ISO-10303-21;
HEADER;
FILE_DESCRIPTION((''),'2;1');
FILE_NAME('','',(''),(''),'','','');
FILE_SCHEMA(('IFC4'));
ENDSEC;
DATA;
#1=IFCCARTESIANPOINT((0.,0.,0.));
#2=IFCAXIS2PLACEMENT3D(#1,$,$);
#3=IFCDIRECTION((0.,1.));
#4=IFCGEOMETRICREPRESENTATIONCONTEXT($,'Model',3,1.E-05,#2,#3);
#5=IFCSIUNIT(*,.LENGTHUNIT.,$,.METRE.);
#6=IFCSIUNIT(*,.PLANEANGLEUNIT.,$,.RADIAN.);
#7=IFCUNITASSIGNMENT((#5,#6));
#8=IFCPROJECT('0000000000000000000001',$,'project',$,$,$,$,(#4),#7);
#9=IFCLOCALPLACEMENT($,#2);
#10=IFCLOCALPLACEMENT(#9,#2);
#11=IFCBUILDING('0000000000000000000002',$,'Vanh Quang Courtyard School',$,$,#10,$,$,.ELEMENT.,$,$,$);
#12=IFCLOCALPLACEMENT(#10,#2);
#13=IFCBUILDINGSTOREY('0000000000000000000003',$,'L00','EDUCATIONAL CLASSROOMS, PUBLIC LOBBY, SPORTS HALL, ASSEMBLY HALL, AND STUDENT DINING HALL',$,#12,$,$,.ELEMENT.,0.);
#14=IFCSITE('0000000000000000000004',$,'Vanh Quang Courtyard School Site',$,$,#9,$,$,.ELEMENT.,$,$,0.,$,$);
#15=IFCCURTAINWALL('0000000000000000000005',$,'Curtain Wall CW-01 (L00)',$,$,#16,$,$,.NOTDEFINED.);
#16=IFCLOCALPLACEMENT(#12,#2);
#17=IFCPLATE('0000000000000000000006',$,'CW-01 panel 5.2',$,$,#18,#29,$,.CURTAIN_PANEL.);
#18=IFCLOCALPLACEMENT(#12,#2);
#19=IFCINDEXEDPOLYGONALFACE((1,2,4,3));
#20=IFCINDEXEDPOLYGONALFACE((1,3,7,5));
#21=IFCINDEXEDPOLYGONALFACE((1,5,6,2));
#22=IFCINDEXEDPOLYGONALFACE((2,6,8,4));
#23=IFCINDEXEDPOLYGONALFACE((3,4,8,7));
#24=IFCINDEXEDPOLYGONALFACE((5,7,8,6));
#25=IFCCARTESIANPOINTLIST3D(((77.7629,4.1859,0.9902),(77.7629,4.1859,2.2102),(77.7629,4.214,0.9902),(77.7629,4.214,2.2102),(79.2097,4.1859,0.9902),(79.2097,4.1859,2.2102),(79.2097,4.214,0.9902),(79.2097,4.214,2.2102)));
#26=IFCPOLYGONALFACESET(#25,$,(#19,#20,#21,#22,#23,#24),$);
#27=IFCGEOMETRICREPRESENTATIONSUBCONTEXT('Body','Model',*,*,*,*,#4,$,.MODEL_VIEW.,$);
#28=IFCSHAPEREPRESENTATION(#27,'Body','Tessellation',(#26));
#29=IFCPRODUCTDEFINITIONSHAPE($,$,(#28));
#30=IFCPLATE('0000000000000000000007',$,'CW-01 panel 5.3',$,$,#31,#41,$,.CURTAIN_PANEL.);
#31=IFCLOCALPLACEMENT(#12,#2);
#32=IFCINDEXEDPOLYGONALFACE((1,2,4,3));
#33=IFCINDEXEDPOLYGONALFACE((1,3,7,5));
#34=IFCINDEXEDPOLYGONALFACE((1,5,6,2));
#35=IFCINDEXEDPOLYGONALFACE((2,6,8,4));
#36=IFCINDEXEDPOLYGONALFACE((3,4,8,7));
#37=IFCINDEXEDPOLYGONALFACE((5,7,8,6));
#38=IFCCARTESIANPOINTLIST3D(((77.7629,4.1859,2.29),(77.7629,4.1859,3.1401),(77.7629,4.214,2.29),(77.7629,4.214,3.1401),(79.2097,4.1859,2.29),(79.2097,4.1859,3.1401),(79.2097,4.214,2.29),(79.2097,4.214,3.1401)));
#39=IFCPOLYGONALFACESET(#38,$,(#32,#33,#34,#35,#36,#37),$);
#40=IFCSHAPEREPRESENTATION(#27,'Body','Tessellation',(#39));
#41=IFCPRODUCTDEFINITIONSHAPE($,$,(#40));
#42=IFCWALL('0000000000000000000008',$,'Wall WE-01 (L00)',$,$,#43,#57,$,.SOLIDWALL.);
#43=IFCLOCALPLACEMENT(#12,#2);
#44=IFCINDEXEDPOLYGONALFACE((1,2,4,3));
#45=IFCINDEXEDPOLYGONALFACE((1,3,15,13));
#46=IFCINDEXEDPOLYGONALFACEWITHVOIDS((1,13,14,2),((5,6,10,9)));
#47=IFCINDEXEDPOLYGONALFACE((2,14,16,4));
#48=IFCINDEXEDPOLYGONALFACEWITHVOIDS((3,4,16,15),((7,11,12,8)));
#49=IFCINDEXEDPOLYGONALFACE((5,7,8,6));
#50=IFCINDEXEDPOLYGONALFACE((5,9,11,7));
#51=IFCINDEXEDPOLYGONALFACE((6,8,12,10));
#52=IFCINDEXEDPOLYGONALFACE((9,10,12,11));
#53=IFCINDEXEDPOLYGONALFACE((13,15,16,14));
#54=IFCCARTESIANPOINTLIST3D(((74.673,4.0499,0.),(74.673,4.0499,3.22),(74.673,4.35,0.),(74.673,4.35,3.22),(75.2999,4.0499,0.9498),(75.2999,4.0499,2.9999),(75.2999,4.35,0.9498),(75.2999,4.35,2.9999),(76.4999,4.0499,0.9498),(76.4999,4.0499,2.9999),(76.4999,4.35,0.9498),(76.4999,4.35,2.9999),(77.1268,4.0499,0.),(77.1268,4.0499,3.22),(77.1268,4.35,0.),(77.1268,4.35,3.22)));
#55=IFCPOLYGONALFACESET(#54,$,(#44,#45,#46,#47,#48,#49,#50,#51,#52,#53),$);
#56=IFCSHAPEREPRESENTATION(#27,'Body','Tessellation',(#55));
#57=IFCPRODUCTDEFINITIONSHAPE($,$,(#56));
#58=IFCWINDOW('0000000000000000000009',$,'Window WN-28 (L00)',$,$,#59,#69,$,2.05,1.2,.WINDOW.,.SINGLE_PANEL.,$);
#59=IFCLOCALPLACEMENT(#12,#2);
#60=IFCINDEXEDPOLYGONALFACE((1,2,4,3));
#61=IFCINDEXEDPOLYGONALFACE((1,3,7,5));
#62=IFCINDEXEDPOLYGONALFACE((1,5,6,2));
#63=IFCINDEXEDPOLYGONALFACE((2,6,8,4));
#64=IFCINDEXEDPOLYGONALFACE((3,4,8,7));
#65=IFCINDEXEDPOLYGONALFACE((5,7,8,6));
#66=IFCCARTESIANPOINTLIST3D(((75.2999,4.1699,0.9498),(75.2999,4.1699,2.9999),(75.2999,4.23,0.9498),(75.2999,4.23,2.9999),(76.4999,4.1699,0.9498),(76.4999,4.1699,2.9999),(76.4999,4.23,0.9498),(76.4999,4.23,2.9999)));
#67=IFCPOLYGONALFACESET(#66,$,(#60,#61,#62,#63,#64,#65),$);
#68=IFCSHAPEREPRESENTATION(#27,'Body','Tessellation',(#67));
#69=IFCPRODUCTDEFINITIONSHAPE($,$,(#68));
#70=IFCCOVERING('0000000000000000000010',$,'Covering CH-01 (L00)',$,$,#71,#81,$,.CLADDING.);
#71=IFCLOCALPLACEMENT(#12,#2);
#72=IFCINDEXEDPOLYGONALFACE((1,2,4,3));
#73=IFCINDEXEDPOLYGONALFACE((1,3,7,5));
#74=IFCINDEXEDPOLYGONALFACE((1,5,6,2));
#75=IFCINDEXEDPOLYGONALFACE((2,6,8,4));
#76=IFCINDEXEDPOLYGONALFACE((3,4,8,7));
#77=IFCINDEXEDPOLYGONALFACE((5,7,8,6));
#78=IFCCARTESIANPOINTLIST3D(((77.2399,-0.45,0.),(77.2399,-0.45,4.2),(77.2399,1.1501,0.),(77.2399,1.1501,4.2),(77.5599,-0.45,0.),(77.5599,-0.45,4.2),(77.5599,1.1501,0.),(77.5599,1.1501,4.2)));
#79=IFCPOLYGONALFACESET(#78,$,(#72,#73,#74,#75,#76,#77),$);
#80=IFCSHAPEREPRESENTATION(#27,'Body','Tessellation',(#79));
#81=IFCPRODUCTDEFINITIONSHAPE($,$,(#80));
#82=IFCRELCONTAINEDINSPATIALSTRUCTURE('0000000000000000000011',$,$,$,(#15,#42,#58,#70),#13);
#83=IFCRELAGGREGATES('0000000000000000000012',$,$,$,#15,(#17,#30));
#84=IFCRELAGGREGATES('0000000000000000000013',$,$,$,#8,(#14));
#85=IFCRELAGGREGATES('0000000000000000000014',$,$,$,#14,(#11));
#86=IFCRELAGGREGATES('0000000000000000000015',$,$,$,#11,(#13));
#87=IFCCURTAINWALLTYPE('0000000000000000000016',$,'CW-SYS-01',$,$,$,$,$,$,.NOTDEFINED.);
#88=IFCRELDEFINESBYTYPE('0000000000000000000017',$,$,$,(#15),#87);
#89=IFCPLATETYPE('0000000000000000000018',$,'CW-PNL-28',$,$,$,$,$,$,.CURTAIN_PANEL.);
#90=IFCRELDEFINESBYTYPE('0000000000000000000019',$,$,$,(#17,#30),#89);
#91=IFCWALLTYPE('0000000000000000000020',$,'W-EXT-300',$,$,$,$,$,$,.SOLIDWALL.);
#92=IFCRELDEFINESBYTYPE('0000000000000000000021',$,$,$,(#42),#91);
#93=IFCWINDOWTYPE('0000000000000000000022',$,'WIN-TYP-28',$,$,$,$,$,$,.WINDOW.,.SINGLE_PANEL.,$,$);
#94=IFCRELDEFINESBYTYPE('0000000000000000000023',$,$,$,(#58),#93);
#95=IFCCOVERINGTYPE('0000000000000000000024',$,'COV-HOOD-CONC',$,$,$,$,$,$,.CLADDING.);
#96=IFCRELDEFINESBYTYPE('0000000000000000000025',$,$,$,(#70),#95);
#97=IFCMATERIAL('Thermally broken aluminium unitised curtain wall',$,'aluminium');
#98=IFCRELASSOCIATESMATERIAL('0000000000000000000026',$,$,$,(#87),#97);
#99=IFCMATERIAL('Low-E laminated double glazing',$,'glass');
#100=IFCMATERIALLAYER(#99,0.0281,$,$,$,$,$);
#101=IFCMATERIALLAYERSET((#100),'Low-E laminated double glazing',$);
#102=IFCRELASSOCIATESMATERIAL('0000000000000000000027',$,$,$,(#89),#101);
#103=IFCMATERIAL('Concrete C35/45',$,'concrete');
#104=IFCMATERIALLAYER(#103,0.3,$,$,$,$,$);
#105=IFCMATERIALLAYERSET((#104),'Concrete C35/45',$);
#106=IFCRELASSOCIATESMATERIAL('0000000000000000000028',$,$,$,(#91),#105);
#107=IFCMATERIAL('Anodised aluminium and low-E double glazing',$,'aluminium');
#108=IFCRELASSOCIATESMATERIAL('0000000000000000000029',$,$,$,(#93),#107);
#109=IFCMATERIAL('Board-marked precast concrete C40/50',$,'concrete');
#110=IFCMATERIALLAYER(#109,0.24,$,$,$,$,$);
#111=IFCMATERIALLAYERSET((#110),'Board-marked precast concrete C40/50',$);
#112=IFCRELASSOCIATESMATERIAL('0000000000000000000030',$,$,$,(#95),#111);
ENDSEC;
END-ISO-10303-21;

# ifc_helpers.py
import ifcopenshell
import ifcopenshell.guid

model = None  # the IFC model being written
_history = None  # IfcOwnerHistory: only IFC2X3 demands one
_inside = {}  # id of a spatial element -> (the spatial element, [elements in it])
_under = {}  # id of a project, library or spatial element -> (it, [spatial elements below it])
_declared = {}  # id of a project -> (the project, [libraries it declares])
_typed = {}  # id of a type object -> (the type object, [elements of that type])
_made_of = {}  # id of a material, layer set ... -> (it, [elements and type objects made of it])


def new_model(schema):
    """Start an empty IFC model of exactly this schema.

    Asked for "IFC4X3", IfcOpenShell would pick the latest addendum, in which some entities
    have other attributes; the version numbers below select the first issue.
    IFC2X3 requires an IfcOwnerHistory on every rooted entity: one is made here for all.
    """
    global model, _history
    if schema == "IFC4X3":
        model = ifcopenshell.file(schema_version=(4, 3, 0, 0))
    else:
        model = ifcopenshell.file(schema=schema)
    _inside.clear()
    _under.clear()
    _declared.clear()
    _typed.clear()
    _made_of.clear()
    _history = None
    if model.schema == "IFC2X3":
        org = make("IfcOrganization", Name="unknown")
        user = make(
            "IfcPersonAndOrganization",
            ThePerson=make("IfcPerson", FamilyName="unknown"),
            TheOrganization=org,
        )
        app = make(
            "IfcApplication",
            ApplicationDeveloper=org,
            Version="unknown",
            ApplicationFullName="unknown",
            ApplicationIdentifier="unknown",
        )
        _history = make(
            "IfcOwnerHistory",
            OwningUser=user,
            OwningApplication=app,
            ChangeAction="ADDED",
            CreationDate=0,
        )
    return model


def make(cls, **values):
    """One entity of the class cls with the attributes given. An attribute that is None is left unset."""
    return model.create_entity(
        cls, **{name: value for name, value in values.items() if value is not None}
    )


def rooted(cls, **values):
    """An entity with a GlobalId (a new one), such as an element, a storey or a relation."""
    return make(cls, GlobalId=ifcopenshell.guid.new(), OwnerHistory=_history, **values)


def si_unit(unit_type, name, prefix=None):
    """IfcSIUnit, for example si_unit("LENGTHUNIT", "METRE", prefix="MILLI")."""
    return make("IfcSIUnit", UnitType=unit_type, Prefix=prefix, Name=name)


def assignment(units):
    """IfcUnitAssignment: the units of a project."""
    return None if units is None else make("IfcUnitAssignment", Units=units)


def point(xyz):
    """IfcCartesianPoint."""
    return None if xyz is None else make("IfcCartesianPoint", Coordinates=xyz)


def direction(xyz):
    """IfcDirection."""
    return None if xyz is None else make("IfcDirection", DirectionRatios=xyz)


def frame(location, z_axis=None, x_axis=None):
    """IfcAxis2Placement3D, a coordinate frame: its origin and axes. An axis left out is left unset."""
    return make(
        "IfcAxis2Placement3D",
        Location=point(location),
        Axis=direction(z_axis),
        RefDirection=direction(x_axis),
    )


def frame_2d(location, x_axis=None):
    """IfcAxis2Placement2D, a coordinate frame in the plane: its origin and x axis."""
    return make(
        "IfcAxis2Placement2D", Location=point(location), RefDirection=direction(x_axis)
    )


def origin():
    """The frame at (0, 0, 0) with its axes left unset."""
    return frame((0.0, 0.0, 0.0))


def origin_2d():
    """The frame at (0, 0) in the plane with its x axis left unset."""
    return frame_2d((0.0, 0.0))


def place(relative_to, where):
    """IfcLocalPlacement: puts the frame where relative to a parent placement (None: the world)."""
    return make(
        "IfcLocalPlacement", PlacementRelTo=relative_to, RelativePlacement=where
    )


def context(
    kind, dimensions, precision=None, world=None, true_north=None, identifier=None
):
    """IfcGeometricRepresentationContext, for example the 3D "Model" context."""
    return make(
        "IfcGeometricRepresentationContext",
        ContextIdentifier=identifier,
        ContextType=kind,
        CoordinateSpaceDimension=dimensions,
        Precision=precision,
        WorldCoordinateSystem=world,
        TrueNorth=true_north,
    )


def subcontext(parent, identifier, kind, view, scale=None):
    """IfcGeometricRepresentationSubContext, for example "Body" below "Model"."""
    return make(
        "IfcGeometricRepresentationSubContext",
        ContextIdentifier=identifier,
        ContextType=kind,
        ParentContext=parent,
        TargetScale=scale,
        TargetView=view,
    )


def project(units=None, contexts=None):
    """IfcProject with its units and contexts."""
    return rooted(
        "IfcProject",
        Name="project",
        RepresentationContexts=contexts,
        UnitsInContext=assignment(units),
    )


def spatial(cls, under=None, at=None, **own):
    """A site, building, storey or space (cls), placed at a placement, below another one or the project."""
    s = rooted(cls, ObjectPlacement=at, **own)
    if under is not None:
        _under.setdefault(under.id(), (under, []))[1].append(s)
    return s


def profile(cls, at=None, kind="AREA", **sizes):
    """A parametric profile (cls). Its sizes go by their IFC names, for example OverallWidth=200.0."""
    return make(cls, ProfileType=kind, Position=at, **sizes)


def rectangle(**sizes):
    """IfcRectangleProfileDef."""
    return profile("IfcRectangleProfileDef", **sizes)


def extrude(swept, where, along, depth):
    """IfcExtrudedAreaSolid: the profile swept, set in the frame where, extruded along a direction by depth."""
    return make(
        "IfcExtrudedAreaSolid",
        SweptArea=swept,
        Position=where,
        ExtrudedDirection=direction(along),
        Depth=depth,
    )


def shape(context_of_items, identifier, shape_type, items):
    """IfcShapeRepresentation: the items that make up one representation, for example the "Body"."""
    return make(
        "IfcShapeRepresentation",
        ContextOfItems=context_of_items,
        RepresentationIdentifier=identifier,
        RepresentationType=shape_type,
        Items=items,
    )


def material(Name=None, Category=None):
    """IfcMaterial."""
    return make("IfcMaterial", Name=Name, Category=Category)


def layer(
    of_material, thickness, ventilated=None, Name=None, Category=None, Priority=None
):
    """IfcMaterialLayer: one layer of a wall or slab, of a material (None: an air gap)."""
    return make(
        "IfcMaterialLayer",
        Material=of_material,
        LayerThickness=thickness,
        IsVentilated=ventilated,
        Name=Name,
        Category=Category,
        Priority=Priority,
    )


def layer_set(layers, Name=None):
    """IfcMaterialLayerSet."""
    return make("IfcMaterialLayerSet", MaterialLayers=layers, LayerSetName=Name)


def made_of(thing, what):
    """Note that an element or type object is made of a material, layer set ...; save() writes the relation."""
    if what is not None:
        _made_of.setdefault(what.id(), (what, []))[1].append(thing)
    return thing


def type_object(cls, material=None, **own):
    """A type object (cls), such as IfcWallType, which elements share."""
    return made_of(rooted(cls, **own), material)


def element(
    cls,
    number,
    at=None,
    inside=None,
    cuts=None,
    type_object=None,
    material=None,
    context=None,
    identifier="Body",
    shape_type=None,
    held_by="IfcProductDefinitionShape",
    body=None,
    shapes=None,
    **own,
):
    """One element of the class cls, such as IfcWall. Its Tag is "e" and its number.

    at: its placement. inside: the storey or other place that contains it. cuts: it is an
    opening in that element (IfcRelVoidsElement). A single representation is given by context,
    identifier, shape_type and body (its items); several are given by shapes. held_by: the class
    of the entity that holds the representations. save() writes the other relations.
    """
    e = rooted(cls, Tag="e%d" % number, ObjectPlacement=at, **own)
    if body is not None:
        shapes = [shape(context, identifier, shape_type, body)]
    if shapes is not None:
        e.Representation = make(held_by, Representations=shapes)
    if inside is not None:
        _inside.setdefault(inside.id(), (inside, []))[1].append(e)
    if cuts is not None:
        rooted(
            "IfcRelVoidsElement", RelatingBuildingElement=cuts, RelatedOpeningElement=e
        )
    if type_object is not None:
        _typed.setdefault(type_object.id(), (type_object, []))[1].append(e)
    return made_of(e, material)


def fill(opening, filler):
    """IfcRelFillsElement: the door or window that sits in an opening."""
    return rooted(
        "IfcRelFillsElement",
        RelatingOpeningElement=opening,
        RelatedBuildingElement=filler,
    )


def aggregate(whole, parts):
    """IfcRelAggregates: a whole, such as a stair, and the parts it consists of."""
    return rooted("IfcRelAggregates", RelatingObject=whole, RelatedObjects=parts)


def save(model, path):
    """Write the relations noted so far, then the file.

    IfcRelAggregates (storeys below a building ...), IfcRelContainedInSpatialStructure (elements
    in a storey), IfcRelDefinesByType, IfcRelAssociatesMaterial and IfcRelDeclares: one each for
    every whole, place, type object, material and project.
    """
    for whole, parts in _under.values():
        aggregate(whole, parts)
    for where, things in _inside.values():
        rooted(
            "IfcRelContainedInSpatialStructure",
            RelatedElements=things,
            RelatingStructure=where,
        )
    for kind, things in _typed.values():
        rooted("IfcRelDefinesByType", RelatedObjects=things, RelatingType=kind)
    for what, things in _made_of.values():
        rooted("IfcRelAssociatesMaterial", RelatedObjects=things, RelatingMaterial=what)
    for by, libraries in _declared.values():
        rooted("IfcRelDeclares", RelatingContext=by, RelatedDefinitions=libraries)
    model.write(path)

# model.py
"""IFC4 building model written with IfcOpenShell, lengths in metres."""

from ifc_helpers import new_model, si_unit, direction, frame, frame_2d, origin, origin_2d, place, context, subcontext, project, spatial, rectangle, extrude, material, layer, layer_set, type_object, element, fill, aggregate, save


model = new_model("IFC4")

# Units and contexts
model_context = context("Model", 3, precision=1e-05, world=origin(), true_north=direction((0.0, 1.0)))
body_context = subcontext(model_context, "Body", "Model", "MODEL_VIEW")
ifc_project = project(units=[si_unit("LENGTHUNIT", "METRE"), si_unit("PLANEANGLEUNIT", "RADIAN")], contexts=[model_context])

# Site, building, storey
site_placement = place(None, origin())
site = spatial("IfcSite", under=ifc_project, at=site_placement, Name="Vanh Quang Courtyard School Site", CompositionType="ELEMENT", RefElevation=0.0)
building_placement = place(site_placement, origin())
building = spatial("IfcBuilding", under=site, at=building_placement, Name="Vanh Quang Courtyard School", CompositionType="ELEMENT")
storey_placement = place(building_placement, origin())
storey = spatial("IfcBuildingStorey", under=building, at=storey_placement, Name="L00", Description="EDUCATIONAL CLASSROOMS, PUBLIC LOBBY, SPORTS HALL, ASSEMBLY HALL, AND STUDENT DINING HALL", CompositionType="ELEMENT", Elevation=0.0)

# Shared definitions
ifc_material_1 = material(Name="Concrete C35/45", Category="concrete")

# Curtain wall, plates
ifc_material_2 = material(Name="Thermally broken aluminium unitised curtain wall", Category="aluminium")
curtain_wall_type = type_object("IfcCurtainWallType", Name="CW-SYS-01", PredefinedType="NOTDEFINED", material=ifc_material_2)
curtain_wall_placement = place(storey_placement, origin())
curtain_wall = element("IfcCurtainWall", 1, at=curtain_wall_placement, inside=storey, type_object=curtain_wall_type, Name="Curtain Wall CW-01 (L00)", PredefinedType="NOTDEFINED")
ifc_material_3 = material(Name="Low-E laminated double glazing", Category="glass")
ifc_layer_1 = layer(ifc_material_3, 0.0281)
ifc_layer_set_1 = layer_set([ifc_layer_1], Name="Low-E laminated double glazing")
plate_type = type_object("IfcPlateType", Name="CW-PNL-28", PredefinedType="CURTAIN_PANEL", material=ifc_layer_set_1)
plate_1_placement = place(storey_placement, frame((78.4863, 4.2, 0.9902), z_axis=(0.0, 0.0, 1.0), x_axis=(-1.0, 0.0, 0.0)))
plate_1 = element("IfcPlate", 2, at=plate_1_placement, type_object=plate_type, Name="CW-01 panel 5.2", PredefinedType="CURTAIN_PANEL", context=body_context, shape_type="SweptSolid", body=[
    extrude(rectangle(XDim=1.4468, YDim=0.0281, at=origin_2d()), origin(), (0.0, 0.0, 1.0), 1.22),
])
plate_2_placement = place(storey_placement, frame((78.4863, 4.2, 2.29), z_axis=(0.0, 0.0, 1.0), x_axis=(-1.0, 0.0, 0.0)))
plate_2 = element("IfcPlate", 3, at=plate_2_placement, type_object=plate_type, Name="CW-01 panel 5.3", PredefinedType="CURTAIN_PANEL", context=body_context, shape_type="SweptSolid", body=[
    extrude(rectangle(XDim=1.4468, YDim=0.0281, at=origin_2d()), origin(), (0.0, 0.0, 1.0), 0.8501),
])
aggregate(curtain_wall, [plate_1, plate_2])

# Wall, opening, window
ifc_layer_2 = layer(ifc_material_1, 0.3)
ifc_layer_set_2 = layer_set([ifc_layer_2], Name="Concrete C35/45")
wall_type = type_object("IfcWallType", Name="W-EXT-300", PredefinedType="SOLIDWALL", material=ifc_layer_set_2)
wall_placement = place(storey_placement, frame((77.127, 4.2, 0.0), z_axis=(0.0, 0.0, 1.0), x_axis=(-1.0, 0.0, 0.0)))
wall = element("IfcWall", 4, at=wall_placement, inside=storey, type_object=wall_type, Name="Wall WE-01 (L00)", PredefinedType="SOLIDWALL", context=body_context, shape_type="SweptSolid", body=[
    extrude(rectangle(XDim=2.4539, YDim=0.3, at=frame_2d((1.2271, 0.0))), origin(), (0.0, 0.0, 1.0), 3.22),
])
opening_placement = place(wall_placement, frame((0.627, 0.0, 0.95)))
opening = element("IfcOpeningElement", 5, at=opening_placement, cuts=wall, PredefinedType="OPENING", context=body_context, shape_type="SweptSolid", body=[
    extrude(rectangle(XDim=1.2, YDim=2.05, at=frame_2d((0.6001, 1.0249))), frame((0.0, 0.1602, 0.0), z_axis=(0.0, -1.0, 0.0), x_axis=(1.0, 0.0, 0.0)), (0.0, 0.0, 1.0), 0.3201),
])
ifc_material_4 = material(Name="Anodised aluminium and low-E double glazing", Category="aluminium")
window_type = type_object("IfcWindowType", Name="WIN-TYP-28", PartitioningType="SINGLE_PANEL", PredefinedType="WINDOW", material=ifc_material_4)
window_placement = place(opening_placement, origin())
window = element("IfcWindow", 6, at=window_placement, inside=storey, type_object=window_type, Name="Window WN-28 (L00)", OverallHeight=2.05, OverallWidth=1.2, PartitioningType="SINGLE_PANEL", PredefinedType="WINDOW", context=body_context, shape_type="SweptSolid", body=[
    extrude(rectangle(XDim=1.2, YDim=2.05, at=frame_2d((0.6001, 1.0249))), frame((0.0, 0.03, 0.0), z_axis=(0.0, -1.0, 0.0), x_axis=(1.0, 0.0, 0.0)), (0.0, 0.0, 1.0), 0.0601),
])
fill(opening, window)

# Covering
ifc_material_5 = material(Name="Board-marked precast concrete C40/50", Category="concrete")
ifc_layer_3 = layer(ifc_material_5, 0.24)
ifc_layer_set_3 = layer_set([ifc_layer_3], Name="Board-marked precast concrete C40/50")
covering_type = type_object("IfcCoveringType", Name="COV-HOOD-CONC", PredefinedType="CLADDING", material=ifc_layer_set_3)
covering_placement = place(storey_placement, frame((77.3999, 0.3501, 0.0), z_axis=(0.0, 0.0, 1.0), x_axis=(0.0, 1.0, 0.0)))
element("IfcCovering", 7, at=covering_placement, inside=storey, type_object=covering_type, Name="Covering CH-01 (L00)", PredefinedType="CLADDING", context=body_context, shape_type="SweptSolid", body=[
    extrude(rectangle(XDim=1.6001, YDim=0.3201, at=origin_2d()), origin(), (0.0, 0.0, 1.0), 4.2),
])

save(model, "model.ifc")
